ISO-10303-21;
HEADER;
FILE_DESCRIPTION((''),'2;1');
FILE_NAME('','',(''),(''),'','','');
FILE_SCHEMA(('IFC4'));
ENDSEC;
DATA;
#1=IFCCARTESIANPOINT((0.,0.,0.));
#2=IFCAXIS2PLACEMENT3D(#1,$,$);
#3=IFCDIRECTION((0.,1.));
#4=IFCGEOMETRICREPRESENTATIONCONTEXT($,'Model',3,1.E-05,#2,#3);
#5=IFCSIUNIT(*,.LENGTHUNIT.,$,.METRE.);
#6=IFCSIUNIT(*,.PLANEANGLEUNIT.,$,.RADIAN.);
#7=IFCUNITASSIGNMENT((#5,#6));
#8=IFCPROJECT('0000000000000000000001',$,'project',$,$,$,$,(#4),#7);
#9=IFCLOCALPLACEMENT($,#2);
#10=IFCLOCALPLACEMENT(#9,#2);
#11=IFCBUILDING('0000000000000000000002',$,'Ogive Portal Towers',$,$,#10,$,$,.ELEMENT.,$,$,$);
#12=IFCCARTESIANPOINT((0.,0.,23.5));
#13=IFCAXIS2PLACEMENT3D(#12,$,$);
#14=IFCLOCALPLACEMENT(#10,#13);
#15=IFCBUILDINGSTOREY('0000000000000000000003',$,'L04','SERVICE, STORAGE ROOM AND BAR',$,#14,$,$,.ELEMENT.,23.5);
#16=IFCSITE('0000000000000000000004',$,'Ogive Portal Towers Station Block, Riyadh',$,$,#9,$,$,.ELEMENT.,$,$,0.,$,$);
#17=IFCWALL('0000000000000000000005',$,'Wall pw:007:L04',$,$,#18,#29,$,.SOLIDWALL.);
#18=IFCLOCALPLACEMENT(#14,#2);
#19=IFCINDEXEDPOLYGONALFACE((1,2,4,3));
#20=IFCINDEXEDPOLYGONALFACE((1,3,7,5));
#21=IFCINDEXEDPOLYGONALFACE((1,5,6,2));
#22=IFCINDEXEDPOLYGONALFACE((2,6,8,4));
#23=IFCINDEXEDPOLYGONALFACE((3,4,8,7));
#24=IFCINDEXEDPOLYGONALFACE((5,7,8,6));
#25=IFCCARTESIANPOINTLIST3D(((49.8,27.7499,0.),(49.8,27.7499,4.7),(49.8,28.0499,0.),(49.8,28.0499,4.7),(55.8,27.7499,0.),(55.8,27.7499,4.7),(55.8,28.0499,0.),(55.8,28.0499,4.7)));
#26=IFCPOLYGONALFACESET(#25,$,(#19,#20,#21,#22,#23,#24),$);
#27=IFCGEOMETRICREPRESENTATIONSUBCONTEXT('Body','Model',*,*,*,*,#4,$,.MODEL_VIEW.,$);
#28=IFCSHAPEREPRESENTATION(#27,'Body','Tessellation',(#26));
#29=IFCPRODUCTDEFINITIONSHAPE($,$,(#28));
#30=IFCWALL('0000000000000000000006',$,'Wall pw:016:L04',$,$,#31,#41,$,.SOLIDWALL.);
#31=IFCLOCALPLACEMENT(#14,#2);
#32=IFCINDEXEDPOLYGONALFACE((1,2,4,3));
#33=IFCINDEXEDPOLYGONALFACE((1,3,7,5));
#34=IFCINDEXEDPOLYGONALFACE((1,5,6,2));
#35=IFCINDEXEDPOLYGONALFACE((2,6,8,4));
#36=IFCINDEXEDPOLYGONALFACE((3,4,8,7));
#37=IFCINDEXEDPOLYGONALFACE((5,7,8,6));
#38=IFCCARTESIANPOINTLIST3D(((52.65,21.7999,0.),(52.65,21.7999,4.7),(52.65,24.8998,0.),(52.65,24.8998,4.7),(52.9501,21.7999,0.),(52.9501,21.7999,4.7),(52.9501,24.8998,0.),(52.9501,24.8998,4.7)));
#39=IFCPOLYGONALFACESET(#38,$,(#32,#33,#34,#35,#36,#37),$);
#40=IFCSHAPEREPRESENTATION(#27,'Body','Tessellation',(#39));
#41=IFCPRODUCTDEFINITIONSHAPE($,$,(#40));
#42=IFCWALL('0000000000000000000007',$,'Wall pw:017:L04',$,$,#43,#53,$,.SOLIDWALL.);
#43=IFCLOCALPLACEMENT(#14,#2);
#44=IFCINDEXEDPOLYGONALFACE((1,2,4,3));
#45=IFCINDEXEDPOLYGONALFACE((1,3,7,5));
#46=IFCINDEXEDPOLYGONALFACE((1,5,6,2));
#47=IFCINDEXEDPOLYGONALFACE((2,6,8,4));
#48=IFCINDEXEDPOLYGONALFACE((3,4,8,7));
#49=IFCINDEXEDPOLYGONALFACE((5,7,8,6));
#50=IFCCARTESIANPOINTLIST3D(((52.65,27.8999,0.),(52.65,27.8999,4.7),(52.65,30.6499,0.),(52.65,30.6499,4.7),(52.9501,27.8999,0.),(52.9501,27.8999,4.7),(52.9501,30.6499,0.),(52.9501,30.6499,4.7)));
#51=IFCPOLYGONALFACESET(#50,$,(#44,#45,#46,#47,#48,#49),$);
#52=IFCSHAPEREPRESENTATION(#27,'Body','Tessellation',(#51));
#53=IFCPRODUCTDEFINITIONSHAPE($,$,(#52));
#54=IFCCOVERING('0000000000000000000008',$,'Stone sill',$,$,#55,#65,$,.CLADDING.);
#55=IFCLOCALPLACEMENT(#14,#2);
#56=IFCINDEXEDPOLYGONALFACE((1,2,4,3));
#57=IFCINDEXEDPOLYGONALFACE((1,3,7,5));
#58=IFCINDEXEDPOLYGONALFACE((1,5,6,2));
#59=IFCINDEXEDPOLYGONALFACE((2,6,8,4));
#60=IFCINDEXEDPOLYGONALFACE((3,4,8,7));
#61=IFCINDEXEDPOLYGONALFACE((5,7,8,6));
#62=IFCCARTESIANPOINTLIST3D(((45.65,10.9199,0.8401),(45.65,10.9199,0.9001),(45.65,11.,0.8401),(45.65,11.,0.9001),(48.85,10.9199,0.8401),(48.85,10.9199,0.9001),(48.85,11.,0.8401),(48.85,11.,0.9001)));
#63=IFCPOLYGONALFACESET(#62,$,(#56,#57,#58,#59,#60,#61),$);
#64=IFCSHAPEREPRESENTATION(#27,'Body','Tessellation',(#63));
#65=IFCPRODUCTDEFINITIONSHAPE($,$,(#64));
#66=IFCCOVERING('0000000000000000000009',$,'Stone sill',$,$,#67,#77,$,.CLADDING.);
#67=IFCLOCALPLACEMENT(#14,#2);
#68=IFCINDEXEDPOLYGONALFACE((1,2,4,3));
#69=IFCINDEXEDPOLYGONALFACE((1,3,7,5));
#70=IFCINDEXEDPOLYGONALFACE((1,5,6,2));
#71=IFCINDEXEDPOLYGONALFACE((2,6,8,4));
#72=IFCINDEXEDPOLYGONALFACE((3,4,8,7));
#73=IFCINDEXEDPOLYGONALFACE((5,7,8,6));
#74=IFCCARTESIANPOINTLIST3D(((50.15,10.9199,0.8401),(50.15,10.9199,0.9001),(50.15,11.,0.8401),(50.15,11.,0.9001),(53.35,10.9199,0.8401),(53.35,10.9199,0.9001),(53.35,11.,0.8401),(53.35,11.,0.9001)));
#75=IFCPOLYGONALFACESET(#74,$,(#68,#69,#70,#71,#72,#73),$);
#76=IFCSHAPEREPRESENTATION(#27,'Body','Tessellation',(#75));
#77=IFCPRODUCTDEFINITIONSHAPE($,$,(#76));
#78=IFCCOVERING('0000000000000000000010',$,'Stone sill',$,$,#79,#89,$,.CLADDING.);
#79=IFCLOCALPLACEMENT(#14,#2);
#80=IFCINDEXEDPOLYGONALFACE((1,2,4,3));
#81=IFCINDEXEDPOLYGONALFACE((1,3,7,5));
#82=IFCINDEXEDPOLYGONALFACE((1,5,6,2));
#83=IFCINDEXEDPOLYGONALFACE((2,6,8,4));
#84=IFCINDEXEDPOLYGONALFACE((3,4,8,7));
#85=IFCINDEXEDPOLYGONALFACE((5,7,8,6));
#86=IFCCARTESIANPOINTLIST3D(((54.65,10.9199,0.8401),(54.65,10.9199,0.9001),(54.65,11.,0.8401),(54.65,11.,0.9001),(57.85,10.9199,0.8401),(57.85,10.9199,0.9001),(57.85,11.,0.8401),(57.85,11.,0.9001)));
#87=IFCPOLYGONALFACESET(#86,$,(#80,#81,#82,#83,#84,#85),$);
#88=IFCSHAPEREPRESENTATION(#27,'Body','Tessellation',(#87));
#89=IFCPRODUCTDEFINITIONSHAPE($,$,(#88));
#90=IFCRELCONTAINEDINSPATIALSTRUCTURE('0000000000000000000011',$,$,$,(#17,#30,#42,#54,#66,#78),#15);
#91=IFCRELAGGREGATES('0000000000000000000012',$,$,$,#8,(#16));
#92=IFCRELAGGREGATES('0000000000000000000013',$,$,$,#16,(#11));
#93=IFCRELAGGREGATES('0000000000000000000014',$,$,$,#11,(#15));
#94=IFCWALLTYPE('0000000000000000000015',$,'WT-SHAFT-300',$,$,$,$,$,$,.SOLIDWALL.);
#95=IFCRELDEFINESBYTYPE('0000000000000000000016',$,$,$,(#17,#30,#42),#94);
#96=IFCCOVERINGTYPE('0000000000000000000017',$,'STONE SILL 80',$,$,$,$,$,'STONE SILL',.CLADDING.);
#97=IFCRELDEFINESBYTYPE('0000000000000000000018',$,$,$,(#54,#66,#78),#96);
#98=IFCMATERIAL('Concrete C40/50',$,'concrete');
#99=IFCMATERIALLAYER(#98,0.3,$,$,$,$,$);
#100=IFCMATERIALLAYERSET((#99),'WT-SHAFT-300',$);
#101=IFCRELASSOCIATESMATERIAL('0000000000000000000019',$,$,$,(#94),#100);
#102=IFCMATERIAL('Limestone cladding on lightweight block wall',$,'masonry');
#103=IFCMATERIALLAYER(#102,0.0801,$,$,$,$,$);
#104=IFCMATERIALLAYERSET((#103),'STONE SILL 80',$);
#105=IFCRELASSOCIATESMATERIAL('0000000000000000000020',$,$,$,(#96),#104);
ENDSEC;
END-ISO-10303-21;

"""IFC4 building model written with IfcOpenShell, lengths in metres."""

from ifc_helpers import new_model, si_unit, direction, frame, frame_2d, origin, origin_2d, place, context, subcontext, project, spatial, rectangle, extrude, material, layer, layer_set, type_object, element, save


model = new_model("IFC4")

# Units and contexts
model_context = context("Model", 3, precision=1e-05, world=origin(), true_north=direction((0.0, 1.0)))
body_context = subcontext(model_context, "Body", "Model", "MODEL_VIEW")
ifc_project = project(units=[si_unit("LENGTHUNIT", "METRE"), si_unit("PLANEANGLEUNIT", "RADIAN")], contexts=[model_context])

# Site, building, storey
site_placement = place(None, origin())
site = spatial("IfcSite", under=ifc_project, at=site_placement, Name="Ogive Portal Towers Station Block, Riyadh", CompositionType="ELEMENT", RefElevation=0.0)
building_placement = place(site_placement, origin())
building = spatial("IfcBuilding", under=site, at=building_placement, Name="Ogive Portal Towers", CompositionType="ELEMENT")
storey_placement = place(building_placement, frame((0.0, 0.0, 23.5)))
storey = spatial("IfcBuildingStorey", under=building, at=storey_placement, Name="L04", Description="SERVICE, STORAGE ROOM AND BAR", CompositionType="ELEMENT", Elevation=23.5)

# Shared definitions
ifc_material_1 = material(Name="Concrete C40/50", Category="concrete")
ifc_layer_1 = layer(ifc_material_1, 0.3)
ifc_layer_set_1 = layer_set([ifc_layer_1], Name="WT-SHAFT-300")
wall_type_1 = type_object("IfcWallType", Name="WT-SHAFT-300", PredefinedType="SOLIDWALL", material=ifc_layer_set_1)

# Walls
wall_1_placement = place(storey_placement, frame((49.8, 27.8999, 0.0), z_axis=(0.0, 0.0, 1.0), x_axis=(1.0, 0.0, 0.0)))
element("IfcWall", 1, at=wall_1_placement, inside=storey, type_object=wall_type_1, Name="Wall pw:007:L04", PredefinedType="SOLIDWALL", context=body_context, shape_type="SweptSolid", body=[
    extrude(rectangle(XDim=6.0, YDim=0.3, at=frame_2d((3.0, 0.0))), origin(), (0.0, 0.0, 1.0), 4.7),
])
wall_2_placement = place(storey_placement, frame((52.8, 21.8, 0.0), z_axis=(0.0, 0.0, 1.0), x_axis=(0.0, 1.0, 0.0)))
element("IfcWall", 2, at=wall_2_placement, inside=storey, type_object=wall_type_1, Name="Wall pw:016:L04", PredefinedType="SOLIDWALL", context=body_context, shape_type="SweptSolid", body=[
    extrude(rectangle(XDim=3.0999, YDim=0.3, at=frame_2d((1.5498, 0.0))), origin(), (0.0, 0.0, 1.0), 4.7),
])
wall_3_placement = place(storey_placement, frame((52.8, 27.8999, 0.0), z_axis=(0.0, 0.0, 1.0), x_axis=(0.0, 1.0, 0.0)))
element("IfcWall", 3, at=wall_3_placement, inside=storey, type_object=wall_type_1, Name="Wall pw:017:L04", PredefinedType="SOLIDWALL", context=body_context, shape_type="SweptSolid", body=[
    extrude(rectangle(XDim=2.75, YDim=0.3, at=frame_2d((1.375, 0.0))), origin(), (0.0, 0.0, 1.0), 4.7),
])

# Coverings
ifc_material_2 = material(Name="Limestone cladding on lightweight block wall", Category="masonry")
ifc_layer_2 = layer(ifc_material_2, 0.0801)
ifc_layer_set_2 = layer_set([ifc_layer_2], Name="STONE SILL 80")
covering_type = type_object("IfcCoveringType", Name="STONE SILL 80", ElementType="STONE SILL", PredefinedType="CLADDING", material=ifc_layer_set_2)
for number, where, z_axis, x_axis, name in (
    (4, (47.25, 10.96, 0.8401), (0.0, 0.0, 1.0), (1.0, 0.0, 0.0), "Stone sill"),
    (5, (51.75, 10.96, 0.8401), (0.0, 0.0, 1.0), (1.0, 0.0, 0.0), "Stone sill"),
    (6, (56.25, 10.96, 0.8401), (0.0, 0.0, 1.0), (1.0, 0.0, 0.0), "Stone sill"),
):
    element("IfcCovering", number, at=place(storey_placement, frame(where, z_axis=z_axis, x_axis=x_axis)), inside=storey, type_object=covering_type, Name=name, PredefinedType="CLADDING", context=body_context, shape_type="SweptSolid", body=[
        extrude(rectangle(XDim=3.2, YDim=0.0801, at=origin_2d()), origin(), (0.0, 0.0, 1.0), 0.0601),
    ])

save(model, "model.ifc")
